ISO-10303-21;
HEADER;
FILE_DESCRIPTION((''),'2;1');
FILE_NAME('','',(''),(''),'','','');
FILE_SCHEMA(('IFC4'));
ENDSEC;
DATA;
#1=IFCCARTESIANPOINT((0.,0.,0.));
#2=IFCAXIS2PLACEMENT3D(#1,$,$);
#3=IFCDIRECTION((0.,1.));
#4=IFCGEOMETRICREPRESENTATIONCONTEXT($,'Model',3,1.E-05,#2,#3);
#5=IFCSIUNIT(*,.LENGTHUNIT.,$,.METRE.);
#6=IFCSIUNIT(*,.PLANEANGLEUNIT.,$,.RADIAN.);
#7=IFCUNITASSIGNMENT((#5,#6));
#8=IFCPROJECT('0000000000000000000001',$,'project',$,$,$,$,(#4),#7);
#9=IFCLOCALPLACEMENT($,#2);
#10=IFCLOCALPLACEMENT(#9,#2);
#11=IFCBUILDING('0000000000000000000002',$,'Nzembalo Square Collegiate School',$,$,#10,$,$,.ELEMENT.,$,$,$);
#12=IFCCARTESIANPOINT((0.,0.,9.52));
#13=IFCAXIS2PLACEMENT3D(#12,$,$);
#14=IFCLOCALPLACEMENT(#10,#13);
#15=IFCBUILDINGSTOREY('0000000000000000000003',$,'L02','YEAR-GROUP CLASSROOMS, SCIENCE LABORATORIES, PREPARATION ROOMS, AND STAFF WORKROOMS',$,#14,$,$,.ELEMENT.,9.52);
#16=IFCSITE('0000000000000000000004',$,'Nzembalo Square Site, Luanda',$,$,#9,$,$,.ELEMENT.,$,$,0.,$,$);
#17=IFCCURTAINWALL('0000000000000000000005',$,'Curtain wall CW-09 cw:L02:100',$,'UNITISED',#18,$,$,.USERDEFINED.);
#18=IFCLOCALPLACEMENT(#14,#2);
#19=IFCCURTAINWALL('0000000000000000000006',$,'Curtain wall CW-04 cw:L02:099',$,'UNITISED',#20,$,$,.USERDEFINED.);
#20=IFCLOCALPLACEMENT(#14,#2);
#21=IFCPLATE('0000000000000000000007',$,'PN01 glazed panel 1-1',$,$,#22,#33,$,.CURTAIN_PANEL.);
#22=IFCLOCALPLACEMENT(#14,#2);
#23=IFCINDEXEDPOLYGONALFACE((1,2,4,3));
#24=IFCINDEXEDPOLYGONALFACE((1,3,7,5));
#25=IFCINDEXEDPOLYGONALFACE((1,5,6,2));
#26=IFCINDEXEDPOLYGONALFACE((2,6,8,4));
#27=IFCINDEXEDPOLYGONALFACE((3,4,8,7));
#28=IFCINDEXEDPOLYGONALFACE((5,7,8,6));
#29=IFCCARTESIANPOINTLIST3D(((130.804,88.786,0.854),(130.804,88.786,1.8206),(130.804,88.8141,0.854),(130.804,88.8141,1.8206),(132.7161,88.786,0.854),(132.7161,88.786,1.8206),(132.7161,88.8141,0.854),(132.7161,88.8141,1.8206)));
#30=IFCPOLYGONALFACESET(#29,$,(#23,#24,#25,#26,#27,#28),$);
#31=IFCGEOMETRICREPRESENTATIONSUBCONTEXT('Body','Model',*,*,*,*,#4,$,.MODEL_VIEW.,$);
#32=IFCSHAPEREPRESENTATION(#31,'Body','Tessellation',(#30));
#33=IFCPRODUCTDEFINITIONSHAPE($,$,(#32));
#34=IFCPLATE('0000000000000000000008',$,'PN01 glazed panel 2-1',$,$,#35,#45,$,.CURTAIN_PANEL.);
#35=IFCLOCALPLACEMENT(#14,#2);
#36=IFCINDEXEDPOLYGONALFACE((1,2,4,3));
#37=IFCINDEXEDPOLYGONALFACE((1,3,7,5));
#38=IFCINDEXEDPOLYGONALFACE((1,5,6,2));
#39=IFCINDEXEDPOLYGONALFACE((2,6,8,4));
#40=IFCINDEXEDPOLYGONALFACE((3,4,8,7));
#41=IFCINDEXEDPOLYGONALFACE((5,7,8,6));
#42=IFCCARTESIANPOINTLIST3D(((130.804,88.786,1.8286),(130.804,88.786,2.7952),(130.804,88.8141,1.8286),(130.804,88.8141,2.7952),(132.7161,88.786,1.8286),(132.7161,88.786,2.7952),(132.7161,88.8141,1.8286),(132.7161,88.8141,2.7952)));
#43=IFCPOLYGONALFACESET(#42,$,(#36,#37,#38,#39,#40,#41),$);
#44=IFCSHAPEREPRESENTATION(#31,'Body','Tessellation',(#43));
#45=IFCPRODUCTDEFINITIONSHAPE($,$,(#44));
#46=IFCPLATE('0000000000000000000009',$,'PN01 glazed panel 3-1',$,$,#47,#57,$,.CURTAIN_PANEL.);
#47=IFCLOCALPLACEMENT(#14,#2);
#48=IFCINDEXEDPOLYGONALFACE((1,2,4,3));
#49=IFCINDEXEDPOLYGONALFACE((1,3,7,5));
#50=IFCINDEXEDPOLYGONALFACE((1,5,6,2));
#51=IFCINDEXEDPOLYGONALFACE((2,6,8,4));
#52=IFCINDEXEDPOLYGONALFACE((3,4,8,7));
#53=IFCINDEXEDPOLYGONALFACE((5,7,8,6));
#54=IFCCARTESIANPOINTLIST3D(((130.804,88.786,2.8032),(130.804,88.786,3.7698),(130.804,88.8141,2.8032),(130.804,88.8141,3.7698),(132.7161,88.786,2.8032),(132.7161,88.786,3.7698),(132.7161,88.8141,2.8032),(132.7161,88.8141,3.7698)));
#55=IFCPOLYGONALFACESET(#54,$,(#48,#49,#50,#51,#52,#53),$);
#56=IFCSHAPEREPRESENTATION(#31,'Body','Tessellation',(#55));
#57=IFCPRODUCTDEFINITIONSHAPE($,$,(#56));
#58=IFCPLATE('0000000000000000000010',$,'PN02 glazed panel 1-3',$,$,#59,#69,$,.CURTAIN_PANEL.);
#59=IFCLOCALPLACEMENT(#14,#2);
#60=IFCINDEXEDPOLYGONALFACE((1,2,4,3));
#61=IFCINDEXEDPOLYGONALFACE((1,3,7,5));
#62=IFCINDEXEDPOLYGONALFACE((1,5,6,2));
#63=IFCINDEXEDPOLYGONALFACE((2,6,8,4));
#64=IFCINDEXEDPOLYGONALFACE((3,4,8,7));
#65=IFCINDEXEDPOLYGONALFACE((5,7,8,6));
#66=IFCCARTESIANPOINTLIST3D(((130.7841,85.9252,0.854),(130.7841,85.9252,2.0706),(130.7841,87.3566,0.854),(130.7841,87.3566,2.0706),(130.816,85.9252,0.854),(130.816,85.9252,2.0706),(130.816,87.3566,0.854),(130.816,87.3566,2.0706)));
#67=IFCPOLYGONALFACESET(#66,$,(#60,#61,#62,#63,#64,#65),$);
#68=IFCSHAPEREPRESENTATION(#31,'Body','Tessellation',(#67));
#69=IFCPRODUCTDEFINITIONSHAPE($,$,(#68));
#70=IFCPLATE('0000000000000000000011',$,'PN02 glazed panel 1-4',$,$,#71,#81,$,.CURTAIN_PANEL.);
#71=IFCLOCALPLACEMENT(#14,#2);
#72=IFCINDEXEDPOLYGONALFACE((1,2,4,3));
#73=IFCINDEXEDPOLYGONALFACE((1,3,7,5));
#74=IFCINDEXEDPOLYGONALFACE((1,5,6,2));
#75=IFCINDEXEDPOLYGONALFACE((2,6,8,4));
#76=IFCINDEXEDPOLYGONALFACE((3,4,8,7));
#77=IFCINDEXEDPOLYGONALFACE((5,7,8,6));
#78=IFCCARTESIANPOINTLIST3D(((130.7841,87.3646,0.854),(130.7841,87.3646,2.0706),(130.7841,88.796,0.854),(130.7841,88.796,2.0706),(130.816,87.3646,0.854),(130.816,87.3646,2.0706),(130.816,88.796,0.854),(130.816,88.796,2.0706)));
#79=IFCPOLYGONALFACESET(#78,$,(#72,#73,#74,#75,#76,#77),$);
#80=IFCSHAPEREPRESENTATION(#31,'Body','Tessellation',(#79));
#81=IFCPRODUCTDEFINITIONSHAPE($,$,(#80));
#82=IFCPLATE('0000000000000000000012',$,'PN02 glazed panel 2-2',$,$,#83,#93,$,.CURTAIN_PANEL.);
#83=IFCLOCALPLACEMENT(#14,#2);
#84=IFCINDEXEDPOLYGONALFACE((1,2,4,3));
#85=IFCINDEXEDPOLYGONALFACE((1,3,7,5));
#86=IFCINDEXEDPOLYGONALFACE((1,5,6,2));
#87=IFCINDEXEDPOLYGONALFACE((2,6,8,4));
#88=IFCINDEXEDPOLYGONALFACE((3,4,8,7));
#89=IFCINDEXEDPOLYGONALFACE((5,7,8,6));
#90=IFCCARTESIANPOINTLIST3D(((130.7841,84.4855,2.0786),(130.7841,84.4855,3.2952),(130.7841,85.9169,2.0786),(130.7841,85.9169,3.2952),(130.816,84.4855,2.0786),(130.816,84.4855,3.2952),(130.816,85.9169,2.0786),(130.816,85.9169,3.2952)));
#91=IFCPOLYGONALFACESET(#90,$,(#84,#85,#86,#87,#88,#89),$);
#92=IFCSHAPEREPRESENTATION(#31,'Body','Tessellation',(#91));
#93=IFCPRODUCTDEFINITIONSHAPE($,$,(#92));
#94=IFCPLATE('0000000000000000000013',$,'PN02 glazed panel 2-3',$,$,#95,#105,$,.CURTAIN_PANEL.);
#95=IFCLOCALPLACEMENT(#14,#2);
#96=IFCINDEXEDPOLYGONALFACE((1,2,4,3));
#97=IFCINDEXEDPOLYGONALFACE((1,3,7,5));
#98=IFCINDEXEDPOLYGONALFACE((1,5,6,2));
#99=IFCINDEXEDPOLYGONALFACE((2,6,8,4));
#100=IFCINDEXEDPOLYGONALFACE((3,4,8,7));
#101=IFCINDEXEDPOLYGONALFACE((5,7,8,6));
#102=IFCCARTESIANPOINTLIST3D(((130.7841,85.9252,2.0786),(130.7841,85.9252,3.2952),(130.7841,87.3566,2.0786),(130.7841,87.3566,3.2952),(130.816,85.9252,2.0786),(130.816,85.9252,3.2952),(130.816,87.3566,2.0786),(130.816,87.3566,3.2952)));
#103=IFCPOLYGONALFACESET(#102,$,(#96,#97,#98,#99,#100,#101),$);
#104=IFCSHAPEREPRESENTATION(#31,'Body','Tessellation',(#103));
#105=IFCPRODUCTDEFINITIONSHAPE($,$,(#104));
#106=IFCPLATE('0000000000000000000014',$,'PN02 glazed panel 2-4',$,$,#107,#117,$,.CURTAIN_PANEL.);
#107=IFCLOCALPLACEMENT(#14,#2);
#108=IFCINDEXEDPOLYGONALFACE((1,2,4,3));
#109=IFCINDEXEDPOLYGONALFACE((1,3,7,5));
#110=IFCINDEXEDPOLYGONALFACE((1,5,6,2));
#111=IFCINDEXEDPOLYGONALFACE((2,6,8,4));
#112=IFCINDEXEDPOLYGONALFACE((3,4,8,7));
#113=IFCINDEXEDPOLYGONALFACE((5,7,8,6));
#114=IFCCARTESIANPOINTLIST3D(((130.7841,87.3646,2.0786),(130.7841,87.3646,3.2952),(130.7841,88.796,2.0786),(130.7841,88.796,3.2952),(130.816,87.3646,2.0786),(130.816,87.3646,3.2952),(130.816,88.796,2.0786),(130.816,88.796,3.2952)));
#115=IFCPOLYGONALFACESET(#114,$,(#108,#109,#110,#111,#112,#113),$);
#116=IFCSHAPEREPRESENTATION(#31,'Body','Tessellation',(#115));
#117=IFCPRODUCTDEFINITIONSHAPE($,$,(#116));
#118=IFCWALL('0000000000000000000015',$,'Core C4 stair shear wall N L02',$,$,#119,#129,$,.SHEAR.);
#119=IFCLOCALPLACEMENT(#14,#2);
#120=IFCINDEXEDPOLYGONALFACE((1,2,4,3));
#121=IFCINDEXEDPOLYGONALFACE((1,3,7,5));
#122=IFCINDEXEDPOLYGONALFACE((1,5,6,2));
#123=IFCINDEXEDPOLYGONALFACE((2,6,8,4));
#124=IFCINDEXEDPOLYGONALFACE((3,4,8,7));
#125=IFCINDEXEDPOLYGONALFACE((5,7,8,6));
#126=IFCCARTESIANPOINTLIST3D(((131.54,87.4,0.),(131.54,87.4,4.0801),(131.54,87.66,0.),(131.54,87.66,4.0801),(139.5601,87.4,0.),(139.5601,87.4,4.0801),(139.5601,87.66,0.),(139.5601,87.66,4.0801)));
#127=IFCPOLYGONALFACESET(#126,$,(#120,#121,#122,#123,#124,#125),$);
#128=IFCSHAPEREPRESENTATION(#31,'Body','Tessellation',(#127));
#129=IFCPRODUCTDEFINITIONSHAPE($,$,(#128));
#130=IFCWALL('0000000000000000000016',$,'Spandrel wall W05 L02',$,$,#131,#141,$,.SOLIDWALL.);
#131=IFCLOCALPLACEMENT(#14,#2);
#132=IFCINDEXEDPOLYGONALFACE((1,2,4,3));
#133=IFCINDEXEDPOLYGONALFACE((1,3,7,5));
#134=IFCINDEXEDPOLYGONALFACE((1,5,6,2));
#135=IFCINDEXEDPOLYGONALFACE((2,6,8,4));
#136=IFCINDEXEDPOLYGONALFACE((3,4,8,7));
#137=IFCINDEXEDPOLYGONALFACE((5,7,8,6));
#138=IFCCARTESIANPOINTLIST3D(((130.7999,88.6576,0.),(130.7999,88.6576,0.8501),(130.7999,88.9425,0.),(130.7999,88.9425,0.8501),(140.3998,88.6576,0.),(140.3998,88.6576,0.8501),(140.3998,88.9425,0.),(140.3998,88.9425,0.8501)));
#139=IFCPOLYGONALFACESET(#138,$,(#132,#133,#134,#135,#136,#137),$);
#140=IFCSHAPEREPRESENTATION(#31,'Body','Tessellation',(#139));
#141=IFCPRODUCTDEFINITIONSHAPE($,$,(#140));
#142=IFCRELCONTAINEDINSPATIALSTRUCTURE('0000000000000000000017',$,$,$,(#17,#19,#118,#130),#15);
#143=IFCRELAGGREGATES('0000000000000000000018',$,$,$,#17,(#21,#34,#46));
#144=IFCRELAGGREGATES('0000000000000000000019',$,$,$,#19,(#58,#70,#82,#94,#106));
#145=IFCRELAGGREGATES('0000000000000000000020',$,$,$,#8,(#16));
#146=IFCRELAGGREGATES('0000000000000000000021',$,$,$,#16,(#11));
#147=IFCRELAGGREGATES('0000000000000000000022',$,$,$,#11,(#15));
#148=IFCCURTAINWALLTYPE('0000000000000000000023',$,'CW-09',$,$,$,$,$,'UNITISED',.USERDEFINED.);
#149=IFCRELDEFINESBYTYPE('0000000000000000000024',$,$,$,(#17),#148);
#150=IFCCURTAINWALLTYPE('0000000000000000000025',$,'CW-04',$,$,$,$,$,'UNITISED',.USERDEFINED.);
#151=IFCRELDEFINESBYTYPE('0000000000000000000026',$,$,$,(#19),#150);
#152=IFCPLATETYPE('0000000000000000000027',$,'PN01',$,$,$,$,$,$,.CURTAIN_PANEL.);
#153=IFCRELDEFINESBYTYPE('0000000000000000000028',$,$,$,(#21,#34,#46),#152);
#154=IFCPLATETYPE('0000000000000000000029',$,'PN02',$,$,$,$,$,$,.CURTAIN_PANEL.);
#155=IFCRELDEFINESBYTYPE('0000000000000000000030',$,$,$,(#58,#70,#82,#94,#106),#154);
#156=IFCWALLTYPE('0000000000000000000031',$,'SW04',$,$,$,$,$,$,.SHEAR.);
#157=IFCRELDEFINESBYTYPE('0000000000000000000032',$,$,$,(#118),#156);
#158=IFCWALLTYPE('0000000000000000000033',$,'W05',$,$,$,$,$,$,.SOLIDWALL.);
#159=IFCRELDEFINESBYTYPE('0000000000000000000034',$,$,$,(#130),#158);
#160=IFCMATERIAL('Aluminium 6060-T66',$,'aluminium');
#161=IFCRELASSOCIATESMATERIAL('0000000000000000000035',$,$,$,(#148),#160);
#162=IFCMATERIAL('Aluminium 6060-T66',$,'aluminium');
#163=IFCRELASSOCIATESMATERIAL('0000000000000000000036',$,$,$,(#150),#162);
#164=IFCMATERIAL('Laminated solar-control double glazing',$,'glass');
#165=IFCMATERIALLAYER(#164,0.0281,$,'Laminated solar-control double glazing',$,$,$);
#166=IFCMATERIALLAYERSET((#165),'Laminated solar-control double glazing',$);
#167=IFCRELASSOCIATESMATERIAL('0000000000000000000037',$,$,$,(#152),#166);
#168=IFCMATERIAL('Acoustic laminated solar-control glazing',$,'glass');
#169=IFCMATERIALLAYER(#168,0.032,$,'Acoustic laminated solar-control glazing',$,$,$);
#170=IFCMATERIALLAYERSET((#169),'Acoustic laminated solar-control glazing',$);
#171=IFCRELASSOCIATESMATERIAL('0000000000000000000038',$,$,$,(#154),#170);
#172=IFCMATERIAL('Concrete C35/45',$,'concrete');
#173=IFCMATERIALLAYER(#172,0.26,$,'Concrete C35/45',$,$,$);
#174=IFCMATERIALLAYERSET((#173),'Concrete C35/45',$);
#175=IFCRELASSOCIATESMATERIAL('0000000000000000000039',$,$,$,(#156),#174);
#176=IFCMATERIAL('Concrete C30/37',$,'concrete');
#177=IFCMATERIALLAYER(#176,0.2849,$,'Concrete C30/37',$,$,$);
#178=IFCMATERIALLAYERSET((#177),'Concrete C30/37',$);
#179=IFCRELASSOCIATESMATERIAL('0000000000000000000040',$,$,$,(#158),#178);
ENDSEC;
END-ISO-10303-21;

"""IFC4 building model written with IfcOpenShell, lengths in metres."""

from ifc_helpers import new_model, si_unit, direction, frame, frame_2d, origin, origin_2d, place, context, subcontext, project, spatial, rectangle, extrude, material, layer, layer_set, type_object, element, aggregate, save


model = new_model("IFC4")

# Units and contexts
model_context = context("Model", 3, precision=1e-05, world=origin(), true_north=direction((0.0, 1.0)))
body_context = subcontext(model_context, "Body", "Model", "MODEL_VIEW")
ifc_project = project(units=[si_unit("LENGTHUNIT", "METRE"), si_unit("PLANEANGLEUNIT", "RADIAN")], contexts=[model_context])

# Site, building, storey
site_placement = place(None, origin())
site = spatial("IfcSite", under=ifc_project, at=site_placement, Name="Nzembalo Square Site, Luanda", CompositionType="ELEMENT", RefElevation=0.0)
building_placement = place(site_placement, origin())
building = spatial("IfcBuilding", under=site, at=building_placement, Name="Nzembalo Square Collegiate School", CompositionType="ELEMENT")
storey_placement = place(building_placement, frame((0.0, 0.0, 9.52)))
storey = spatial("IfcBuildingStorey", under=building, at=storey_placement, Name="L02", Description="YEAR-GROUP CLASSROOMS, SCIENCE LABORATORIES, PREPARATION ROOMS, AND STAFF WORKROOMS", CompositionType="ELEMENT", Elevation=9.52)

# Curtain wall
ifc_material_1 = material(Name="Aluminium 6060-T66", Category="aluminium")
curtain_wall_type_1 = type_object("IfcCurtainWallType", Name="CW-09", ElementType="UNITISED", PredefinedType="USERDEFINED", material=ifc_material_1)
curtain_wall_1_placement = place(storey_placement, origin())
curtain_wall_1 = element("IfcCurtainWall", 1, at=curtain_wall_1_placement, inside=storey, type_object=curtain_wall_type_1, Name="Curtain wall CW-09 cw:L02:100", ObjectType="UNITISED", PredefinedType="USERDEFINED")

# Curtain wall
ifc_material_2 = material(Name="Aluminium 6060-T66", Category="aluminium")
curtain_wall_type_2 = type_object("IfcCurtainWallType", Name="CW-04", ElementType="UNITISED", PredefinedType="USERDEFINED", material=ifc_material_2)
curtain_wall_2_placement = place(storey_placement, origin())
curtain_wall_2 = element("IfcCurtainWall", 2, at=curtain_wall_2_placement, inside=storey, type_object=curtain_wall_type_2, Name="Curtain wall CW-04 cw:L02:099", ObjectType="UNITISED", PredefinedType="USERDEFINED")

# Plates
ifc_material_3 = material(Name="Laminated solar-control double glazing", Category="glass")
ifc_layer_1 = layer(ifc_material_3, 0.0281, Name="Laminated solar-control double glazing")
ifc_layer_set_1 = layer_set([ifc_layer_1], Name="Laminated solar-control double glazing")
plate_type_1 = type_object("IfcPlateType", Name="PN01", PredefinedType="CURTAIN_PANEL", material=ifc_layer_set_1)
plate_1_placement = place(storey_placement, frame((131.76, 88.8, 0.854), z_axis=(0.0, 0.0, 1.0), x_axis=(1.0, 0.0, 0.0)))
plate_1 = element("IfcPlate", 3, at=plate_1_placement, type_object=plate_type_1, Name="PN01 glazed panel 1-1", PredefinedType="CURTAIN_PANEL", context=body_context, shape_type="SweptSolid", body=[
    extrude(rectangle(XDim=1.9121, YDim=0.0281, at=origin_2d()), origin(), (0.0, 0.0, 1.0), 0.9666),
])
plate_2_placement = place(storey_placement, frame((131.76, 88.8, 1.8286), z_axis=(0.0, 0.0, 1.0), x_axis=(1.0, 0.0, 0.0)))
plate_2 = element("IfcPlate", 4, at=plate_2_placement, type_object=plate_type_1, Name="PN01 glazed panel 2-1", PredefinedType="CURTAIN_PANEL", context=body_context, shape_type="SweptSolid", body=[
    extrude(rectangle(XDim=1.9121, YDim=0.0281, at=origin_2d()), origin(), (0.0, 0.0, 1.0), 0.9666),
])
plate_3_placement = place(storey_placement, frame((131.76, 88.8, 2.8032), z_axis=(0.0, 0.0, 1.0), x_axis=(1.0, 0.0, 0.0)))
plate_3 = element("IfcPlate", 5, at=plate_3_placement, type_object=plate_type_1, Name="PN01 glazed panel 3-1", PredefinedType="CURTAIN_PANEL", context=body_context, shape_type="SweptSolid", body=[
    extrude(rectangle(XDim=1.9121, YDim=0.0281, at=origin_2d()), origin(), (0.0, 0.0, 1.0), 0.9666),
])
aggregate(curtain_wall_1, [plate_1, plate_2, plate_3])
ifc_material_4 = material(Name="Acoustic laminated solar-control glazing", Category="glass")
ifc_layer_2 = layer(ifc_material_4, 0.032, Name="Acoustic laminated solar-control glazing")
ifc_layer_set_2 = layer_set([ifc_layer_2], Name="Acoustic laminated solar-control glazing")
plate_type_2 = type_object("IfcPlateType", Name="PN02", PredefinedType="CURTAIN_PANEL", material=ifc_layer_set_2)
plate_4_placement = place(storey_placement, frame((130.8, 86.6409, 0.854), z_axis=(0.0, 0.0, 1.0), x_axis=(0.0, 1.0, 0.0)))
plate_4 = element("IfcPlate", 6, at=plate_4_placement, type_object=plate_type_2, Name="PN02 glazed panel 1-3", PredefinedType="CURTAIN_PANEL", context=body_context, shape_type="SweptSolid", body=[
    extrude(rectangle(XDim=1.4314, YDim=0.032, at=origin_2d()), origin(), (0.0, 0.0, 1.0), 1.2166),
])
plate_5_placement = place(storey_placement, frame((130.8, 88.0803, 0.854), z_axis=(0.0, 0.0, 1.0), x_axis=(0.0, 1.0, 0.0)))
plate_5 = element("IfcPlate", 7, at=plate_5_placement, type_object=plate_type_2, Name="PN02 glazed panel 1-4", PredefinedType="CURTAIN_PANEL", context=body_context, shape_type="SweptSolid", body=[
    extrude(rectangle(XDim=1.4314, YDim=0.032, at=origin_2d()), origin(), (0.0, 0.0, 1.0), 1.2166),
])
plate_6_placement = place(storey_placement, frame((130.8, 85.2012, 2.0786), z_axis=(0.0, 0.0, 1.0), x_axis=(0.0, 1.0, 0.0)))
plate_6 = element("IfcPlate", 8, at=plate_6_placement, type_object=plate_type_2, Name="PN02 glazed panel 2-2", PredefinedType="CURTAIN_PANEL", context=body_context, shape_type="SweptSolid", body=[
    extrude(rectangle(XDim=1.4314, YDim=0.032, at=origin_2d()), origin(), (0.0, 0.0, 1.0), 1.2166),
])
plate_7_placement = place(storey_placement, frame((130.8, 86.6409, 2.0786), z_axis=(0.0, 0.0, 1.0), x_axis=(0.0, 1.0, 0.0)))
plate_7 = element("IfcPlate", 9, at=plate_7_placement, type_object=plate_type_2, Name="PN02 glazed panel 2-3", PredefinedType="CURTAIN_PANEL", context=body_context, shape_type="SweptSolid", body=[
    extrude(rectangle(XDim=1.4314, YDim=0.032, at=origin_2d()), origin(), (0.0, 0.0, 1.0), 1.2166),
])
plate_8_placement = place(storey_placement, frame((130.8, 88.0803, 2.0786), z_axis=(0.0, 0.0, 1.0), x_axis=(0.0, 1.0, 0.0)))
plate_8 = element("IfcPlate", 10, at=plate_8_placement, type_object=plate_type_2, Name="PN02 glazed panel 2-4", PredefinedType="CURTAIN_PANEL", context=body_context, shape_type="SweptSolid", body=[
    extrude(rectangle(XDim=1.4314, YDim=0.032, at=origin_2d()), origin(), (0.0, 0.0, 1.0), 1.2166),
])
aggregate(curtain_wall_2, [plate_4, plate_5, plate_6, plate_7, plate_8])

# Walls
ifc_material_5 = material(Name="Concrete C35/45", Category="concrete")
ifc_layer_3 = layer(ifc_material_5, 0.26, Name="Concrete C35/45")
ifc_layer_set_3 = layer_set([ifc_layer_3], Name="Concrete C35/45")
wall_type_1 = type_object("IfcWallType", Name="SW04", PredefinedType="SHEAR", material=ifc_layer_set_3)
wall_1_placement = place(storey_placement, frame((131.54, 87.53, 0.0), z_axis=(0.0, 0.0, 1.0), x_axis=(1.0, 0.0, 0.0)))
element("IfcWall", 11, at=wall_1_placement, inside=storey, type_object=wall_type_1, Name="Core C4 stair shear wall N L02", PredefinedType="SHEAR", context=body_context, shape_type="SweptSolid", body=[
    extrude(rectangle(XDim=8.02, YDim=0.26, at=frame_2d((4.01, 0.0))), origin(), (0.0, 0.0, 1.0), 4.0801),
])
ifc_material_6 = material(Name="Concrete C30/37", Category="concrete")
ifc_layer_4 = layer(ifc_material_6, 0.2849, Name="Concrete C30/37")
ifc_layer_set_4 = layer_set([ifc_layer_4], Name="Concrete C30/37")
wall_type_2 = type_object("IfcWallType", Name="W05", PredefinedType="SOLIDWALL", material=ifc_layer_set_4)
wall_2_placement = place(storey_placement, frame((130.8, 88.8, 0.0), z_axis=(0.0, 0.0, 1.0), x_axis=(1.0, 0.0, 0.0)))
element("IfcWall", 12, at=wall_2_placement, inside=storey, type_object=wall_type_2, Name="Spandrel wall W05 L02", PredefinedType="SOLIDWALL", context=body_context, shape_type="SweptSolid", body=[
    extrude(rectangle(XDim=9.5999, YDim=0.2849, at=frame_2d((4.7998, 0.0))), origin(), (0.0, 0.0, 1.0), 0.8501),
])

save(model, "model.ifc")
